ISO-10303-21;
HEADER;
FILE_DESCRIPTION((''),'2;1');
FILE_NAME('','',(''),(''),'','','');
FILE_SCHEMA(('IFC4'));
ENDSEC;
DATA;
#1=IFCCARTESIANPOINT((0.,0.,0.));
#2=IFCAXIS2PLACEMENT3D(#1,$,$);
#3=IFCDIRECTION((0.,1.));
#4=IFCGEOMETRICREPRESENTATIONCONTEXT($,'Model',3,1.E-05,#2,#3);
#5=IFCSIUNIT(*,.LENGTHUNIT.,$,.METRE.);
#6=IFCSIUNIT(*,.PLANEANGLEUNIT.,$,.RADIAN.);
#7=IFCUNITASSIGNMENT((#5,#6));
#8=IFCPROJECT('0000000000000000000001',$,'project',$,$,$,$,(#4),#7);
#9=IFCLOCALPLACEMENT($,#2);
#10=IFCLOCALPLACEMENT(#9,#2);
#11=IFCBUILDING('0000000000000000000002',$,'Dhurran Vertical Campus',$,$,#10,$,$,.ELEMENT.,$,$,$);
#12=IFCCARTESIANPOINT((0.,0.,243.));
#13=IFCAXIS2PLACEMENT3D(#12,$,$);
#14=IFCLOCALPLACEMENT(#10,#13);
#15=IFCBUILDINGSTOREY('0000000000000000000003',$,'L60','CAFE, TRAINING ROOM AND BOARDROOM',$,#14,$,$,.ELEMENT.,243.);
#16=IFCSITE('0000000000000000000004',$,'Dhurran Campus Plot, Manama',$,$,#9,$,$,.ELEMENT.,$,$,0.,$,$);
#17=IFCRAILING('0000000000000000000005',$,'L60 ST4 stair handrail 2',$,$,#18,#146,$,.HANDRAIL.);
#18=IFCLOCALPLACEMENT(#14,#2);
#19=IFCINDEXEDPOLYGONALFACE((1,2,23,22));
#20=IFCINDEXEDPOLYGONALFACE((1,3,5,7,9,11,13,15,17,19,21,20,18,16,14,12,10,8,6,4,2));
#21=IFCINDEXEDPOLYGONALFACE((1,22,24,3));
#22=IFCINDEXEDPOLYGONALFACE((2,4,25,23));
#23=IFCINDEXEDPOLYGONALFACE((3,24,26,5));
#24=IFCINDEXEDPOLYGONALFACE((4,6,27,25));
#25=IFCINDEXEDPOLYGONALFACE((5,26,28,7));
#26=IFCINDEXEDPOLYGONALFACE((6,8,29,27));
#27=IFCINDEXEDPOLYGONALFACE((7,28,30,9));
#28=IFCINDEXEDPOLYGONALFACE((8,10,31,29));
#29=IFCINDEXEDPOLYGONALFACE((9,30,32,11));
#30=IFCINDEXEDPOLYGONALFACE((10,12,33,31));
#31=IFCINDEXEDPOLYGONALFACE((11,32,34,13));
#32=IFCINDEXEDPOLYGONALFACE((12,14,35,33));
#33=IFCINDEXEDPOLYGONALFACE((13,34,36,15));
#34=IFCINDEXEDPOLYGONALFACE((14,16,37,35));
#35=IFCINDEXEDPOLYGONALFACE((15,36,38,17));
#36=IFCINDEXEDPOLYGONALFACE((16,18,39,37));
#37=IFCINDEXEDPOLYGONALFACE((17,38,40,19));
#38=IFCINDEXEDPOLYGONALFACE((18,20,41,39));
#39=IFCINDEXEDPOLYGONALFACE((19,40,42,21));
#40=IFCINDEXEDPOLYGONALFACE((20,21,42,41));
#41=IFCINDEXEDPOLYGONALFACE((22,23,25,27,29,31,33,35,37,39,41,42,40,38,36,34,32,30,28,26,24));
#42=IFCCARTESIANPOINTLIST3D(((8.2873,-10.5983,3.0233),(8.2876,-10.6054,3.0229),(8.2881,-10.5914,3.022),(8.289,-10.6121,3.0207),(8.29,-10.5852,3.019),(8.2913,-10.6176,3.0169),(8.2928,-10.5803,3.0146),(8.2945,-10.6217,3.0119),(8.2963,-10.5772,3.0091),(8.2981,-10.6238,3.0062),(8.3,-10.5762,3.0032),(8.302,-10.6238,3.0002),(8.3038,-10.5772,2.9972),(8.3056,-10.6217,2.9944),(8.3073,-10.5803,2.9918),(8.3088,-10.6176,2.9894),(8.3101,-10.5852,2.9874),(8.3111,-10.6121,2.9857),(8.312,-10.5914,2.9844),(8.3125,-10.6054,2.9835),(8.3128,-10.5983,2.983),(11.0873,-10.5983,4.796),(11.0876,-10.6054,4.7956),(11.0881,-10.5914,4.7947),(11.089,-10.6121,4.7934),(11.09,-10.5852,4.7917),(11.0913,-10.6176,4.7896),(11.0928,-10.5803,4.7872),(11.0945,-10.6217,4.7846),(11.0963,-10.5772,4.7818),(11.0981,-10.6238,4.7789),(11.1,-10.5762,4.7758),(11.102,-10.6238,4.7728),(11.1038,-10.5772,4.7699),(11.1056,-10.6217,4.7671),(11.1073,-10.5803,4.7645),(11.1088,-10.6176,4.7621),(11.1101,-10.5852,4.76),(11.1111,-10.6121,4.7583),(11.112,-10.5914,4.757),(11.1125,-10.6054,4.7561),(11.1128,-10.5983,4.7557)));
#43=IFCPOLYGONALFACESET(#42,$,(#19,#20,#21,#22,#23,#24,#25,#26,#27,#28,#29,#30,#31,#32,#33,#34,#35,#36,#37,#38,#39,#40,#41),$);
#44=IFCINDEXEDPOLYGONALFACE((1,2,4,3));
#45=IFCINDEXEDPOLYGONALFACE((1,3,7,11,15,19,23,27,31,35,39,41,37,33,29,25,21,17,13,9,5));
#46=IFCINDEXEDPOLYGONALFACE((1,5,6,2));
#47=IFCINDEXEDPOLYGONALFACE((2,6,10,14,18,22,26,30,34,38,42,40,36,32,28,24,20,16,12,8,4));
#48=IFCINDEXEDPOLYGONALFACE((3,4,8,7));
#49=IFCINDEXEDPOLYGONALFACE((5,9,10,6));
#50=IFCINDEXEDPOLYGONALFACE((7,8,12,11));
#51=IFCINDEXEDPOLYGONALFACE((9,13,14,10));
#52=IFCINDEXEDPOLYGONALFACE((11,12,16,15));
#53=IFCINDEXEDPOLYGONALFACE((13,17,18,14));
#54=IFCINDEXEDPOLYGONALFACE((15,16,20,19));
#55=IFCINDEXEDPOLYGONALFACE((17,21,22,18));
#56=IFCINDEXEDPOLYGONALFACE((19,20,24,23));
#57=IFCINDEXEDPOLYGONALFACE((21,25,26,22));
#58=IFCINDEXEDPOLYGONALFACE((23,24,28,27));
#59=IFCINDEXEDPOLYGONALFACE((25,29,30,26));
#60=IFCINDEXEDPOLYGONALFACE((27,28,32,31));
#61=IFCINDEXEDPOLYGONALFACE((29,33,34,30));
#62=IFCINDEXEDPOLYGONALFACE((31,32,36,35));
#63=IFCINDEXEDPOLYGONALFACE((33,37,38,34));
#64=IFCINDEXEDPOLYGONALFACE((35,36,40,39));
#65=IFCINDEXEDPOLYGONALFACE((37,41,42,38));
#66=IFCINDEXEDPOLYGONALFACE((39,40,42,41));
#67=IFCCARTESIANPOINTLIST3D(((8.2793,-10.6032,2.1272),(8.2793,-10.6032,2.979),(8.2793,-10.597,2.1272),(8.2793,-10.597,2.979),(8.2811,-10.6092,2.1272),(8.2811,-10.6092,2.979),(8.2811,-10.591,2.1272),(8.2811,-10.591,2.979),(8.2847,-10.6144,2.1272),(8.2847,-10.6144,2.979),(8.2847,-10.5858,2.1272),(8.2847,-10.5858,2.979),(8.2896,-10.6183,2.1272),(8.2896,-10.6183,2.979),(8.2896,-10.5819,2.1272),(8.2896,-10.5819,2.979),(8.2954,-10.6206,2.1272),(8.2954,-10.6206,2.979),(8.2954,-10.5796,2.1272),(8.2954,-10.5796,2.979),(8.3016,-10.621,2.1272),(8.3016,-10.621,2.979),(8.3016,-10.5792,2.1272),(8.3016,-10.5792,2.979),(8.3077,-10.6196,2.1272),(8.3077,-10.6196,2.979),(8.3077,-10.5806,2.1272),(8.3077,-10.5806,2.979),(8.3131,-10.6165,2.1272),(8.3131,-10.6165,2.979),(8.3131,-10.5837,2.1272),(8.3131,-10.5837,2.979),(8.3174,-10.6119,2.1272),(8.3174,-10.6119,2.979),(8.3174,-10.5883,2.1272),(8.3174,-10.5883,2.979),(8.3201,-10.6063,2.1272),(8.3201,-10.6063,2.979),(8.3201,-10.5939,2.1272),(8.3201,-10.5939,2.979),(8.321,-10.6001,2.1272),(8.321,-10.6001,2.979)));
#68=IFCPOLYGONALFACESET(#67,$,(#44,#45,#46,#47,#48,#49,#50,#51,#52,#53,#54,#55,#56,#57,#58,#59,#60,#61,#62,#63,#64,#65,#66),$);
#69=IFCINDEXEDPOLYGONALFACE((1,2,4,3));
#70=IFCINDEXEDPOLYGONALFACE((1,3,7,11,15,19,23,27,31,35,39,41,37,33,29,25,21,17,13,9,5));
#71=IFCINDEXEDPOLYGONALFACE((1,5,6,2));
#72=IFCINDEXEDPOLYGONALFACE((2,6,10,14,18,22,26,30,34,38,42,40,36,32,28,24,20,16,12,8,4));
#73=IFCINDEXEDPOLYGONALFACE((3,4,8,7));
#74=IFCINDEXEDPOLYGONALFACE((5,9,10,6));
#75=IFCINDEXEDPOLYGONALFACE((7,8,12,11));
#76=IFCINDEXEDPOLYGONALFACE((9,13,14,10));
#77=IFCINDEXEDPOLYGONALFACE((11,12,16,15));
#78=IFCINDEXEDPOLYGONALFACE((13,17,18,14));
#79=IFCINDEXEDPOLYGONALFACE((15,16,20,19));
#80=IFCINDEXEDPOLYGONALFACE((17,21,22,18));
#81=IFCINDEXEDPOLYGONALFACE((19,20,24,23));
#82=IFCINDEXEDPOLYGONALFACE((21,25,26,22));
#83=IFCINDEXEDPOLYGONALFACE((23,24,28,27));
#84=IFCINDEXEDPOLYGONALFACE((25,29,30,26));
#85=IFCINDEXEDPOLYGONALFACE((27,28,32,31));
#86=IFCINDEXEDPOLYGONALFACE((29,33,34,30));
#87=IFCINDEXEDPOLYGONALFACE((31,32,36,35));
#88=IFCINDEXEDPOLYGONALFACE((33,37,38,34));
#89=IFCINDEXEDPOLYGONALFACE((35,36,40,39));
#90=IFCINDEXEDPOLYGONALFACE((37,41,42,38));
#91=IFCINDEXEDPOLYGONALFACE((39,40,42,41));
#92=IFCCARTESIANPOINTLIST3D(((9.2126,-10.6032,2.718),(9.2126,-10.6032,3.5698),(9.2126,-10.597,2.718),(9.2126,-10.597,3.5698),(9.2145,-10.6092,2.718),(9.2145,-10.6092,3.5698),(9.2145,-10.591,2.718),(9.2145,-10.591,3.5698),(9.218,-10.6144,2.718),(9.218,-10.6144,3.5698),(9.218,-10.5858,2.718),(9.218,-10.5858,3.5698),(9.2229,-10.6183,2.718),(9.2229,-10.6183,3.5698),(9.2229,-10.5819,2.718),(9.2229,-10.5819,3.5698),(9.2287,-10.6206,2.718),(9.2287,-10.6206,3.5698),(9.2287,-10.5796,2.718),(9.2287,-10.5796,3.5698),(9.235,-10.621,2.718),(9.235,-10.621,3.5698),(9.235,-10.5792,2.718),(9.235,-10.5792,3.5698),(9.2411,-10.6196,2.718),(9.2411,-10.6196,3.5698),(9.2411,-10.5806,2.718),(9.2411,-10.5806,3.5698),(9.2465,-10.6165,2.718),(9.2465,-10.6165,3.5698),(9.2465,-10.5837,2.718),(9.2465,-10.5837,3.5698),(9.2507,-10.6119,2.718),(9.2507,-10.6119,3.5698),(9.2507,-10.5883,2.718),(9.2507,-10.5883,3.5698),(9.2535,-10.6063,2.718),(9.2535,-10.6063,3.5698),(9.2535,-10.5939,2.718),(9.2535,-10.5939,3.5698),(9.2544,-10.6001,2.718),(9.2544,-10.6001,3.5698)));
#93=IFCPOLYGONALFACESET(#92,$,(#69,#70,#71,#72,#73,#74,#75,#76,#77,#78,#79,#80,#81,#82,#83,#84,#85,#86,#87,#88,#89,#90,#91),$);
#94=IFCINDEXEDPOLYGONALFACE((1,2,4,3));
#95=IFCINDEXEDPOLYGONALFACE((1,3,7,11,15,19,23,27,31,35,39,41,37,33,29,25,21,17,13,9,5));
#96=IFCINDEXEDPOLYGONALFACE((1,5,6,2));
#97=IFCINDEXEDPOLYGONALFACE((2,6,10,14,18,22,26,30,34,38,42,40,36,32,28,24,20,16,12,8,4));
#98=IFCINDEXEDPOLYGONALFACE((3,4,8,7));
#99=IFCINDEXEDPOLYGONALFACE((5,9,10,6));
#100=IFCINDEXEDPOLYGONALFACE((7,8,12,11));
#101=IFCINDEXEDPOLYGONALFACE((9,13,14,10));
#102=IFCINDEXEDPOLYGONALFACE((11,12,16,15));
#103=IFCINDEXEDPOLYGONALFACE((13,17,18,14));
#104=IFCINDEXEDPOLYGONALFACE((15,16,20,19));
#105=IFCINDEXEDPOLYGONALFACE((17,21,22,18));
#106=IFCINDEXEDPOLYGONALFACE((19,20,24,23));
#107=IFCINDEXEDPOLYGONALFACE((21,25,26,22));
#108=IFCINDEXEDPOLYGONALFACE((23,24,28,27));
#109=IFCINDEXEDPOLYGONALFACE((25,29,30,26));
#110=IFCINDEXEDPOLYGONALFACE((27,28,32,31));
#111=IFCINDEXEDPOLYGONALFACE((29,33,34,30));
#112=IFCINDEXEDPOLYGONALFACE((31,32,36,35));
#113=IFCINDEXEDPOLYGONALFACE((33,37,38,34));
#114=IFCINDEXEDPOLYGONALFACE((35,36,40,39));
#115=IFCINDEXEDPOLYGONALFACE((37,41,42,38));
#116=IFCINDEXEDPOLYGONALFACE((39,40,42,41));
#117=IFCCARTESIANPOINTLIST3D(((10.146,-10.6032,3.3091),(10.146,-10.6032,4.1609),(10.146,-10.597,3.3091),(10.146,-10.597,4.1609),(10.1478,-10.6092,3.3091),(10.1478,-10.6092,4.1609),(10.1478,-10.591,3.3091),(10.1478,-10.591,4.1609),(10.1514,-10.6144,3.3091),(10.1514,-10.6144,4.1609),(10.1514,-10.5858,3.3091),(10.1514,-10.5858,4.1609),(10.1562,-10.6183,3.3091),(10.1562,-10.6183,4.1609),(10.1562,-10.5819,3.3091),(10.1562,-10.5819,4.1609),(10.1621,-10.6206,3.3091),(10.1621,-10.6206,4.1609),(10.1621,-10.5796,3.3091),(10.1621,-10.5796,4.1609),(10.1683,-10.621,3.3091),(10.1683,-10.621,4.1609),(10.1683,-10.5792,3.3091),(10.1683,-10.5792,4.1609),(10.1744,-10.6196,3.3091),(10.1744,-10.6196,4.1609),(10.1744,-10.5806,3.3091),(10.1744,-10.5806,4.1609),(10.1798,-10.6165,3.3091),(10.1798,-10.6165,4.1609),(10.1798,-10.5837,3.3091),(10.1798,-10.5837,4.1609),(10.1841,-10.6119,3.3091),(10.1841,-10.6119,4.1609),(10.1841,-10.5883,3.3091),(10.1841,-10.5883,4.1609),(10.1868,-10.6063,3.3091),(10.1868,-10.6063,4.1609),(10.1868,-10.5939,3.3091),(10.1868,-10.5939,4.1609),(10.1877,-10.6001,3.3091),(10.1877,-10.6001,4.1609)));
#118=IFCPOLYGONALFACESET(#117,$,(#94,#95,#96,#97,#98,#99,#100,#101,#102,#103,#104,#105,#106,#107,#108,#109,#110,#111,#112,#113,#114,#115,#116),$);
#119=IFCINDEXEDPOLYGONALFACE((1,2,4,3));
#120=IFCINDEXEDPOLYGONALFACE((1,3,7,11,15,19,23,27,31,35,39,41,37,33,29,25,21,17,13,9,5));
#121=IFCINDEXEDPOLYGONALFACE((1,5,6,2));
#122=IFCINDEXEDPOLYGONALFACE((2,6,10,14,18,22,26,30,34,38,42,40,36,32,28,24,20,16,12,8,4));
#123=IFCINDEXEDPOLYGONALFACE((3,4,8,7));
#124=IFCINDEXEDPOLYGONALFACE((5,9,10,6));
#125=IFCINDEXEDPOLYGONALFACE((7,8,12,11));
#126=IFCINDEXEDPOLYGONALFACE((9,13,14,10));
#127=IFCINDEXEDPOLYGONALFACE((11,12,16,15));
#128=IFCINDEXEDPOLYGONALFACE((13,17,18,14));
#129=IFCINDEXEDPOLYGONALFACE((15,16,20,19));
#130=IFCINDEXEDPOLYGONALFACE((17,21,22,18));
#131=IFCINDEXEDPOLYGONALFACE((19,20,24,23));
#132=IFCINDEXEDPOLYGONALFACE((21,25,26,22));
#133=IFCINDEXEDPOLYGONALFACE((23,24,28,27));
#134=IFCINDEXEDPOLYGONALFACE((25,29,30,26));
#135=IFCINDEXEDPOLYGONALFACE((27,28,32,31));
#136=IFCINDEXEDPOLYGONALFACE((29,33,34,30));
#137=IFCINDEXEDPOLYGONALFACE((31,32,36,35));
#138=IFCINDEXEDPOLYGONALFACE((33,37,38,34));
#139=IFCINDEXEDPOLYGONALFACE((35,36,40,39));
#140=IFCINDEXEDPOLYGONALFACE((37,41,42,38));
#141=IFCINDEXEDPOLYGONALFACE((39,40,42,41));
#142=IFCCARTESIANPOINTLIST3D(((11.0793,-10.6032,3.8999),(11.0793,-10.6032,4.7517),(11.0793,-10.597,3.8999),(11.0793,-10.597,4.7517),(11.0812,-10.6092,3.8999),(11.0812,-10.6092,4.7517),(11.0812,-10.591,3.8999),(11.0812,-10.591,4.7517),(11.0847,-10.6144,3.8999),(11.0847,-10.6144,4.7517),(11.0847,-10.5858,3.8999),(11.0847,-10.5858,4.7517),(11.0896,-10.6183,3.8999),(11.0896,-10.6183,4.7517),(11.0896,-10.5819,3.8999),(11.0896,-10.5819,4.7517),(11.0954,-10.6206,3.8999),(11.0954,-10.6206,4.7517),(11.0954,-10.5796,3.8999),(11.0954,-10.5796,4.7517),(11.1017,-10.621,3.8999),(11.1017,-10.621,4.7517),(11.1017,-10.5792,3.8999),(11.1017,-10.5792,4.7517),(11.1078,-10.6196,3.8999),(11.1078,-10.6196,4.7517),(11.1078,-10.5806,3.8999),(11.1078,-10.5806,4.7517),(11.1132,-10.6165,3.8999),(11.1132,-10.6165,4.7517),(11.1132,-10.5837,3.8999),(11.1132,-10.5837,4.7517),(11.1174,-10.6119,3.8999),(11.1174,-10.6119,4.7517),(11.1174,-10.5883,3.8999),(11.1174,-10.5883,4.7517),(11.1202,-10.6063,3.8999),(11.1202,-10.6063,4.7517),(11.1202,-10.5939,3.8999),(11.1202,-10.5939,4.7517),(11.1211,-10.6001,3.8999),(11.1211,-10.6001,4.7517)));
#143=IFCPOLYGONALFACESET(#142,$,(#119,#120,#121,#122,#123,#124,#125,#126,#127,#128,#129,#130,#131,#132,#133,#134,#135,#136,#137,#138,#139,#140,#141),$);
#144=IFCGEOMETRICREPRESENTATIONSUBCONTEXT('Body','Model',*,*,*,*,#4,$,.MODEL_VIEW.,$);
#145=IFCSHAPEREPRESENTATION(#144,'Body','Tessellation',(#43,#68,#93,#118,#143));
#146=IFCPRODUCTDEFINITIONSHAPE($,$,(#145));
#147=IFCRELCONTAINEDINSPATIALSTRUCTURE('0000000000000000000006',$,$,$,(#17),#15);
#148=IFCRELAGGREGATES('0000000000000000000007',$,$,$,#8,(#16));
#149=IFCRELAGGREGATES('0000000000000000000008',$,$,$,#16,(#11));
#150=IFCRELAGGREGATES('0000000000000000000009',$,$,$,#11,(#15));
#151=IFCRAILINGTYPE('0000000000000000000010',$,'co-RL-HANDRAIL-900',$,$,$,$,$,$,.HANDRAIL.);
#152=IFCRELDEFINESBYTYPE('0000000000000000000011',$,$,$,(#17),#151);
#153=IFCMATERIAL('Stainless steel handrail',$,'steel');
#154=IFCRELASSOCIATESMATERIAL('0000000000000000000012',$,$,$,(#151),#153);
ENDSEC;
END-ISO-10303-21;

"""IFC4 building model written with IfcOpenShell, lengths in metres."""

from ifc_helpers import new_model, si_unit, direction, frame, origin, origin_2d, place, context, subcontext, project, spatial, circle, extrude, material, type_object, element, save


model = new_model("IFC4")

# Units and contexts
model_context = context("Model", 3, precision=1e-05, world=origin(), true_north=direction((0.0, 1.0)))
body_context = subcontext(model_context, "Body", "Model", "MODEL_VIEW")
ifc_project = project(units=[si_unit("LENGTHUNIT", "METRE"), si_unit("PLANEANGLEUNIT", "RADIAN")], contexts=[model_context])

# Site, building, storey
site_placement = place(None, origin())
site = spatial("IfcSite", under=ifc_project, at=site_placement, Name="Dhurran Campus Plot, Manama", CompositionType="ELEMENT", RefElevation=0.0)
building_placement = place(site_placement, origin())
building = spatial("IfcBuilding", under=site, at=building_placement, Name="Dhurran Vertical Campus", CompositionType="ELEMENT")
storey_placement = place(building_placement, frame((0.0, 0.0, 243.0)))
storey = spatial("IfcBuildingStorey", under=building, at=storey_placement, Name="L60", Description="CAFE, TRAINING ROOM AND BOARDROOM", CompositionType="ELEMENT", Elevation=243.0)

# Railing
ifc_material_1 = material(Name="Stainless steel handrail", Category="steel")
railing_type_1 = type_object("IfcRailingType", Name="co-RL-HANDRAIL-900", PredefinedType="HANDRAIL", material=ifc_material_1)
railing_1_placement = place(storey_placement, frame((8.3, -10.6001, 2.1272)))
element("IfcRailing", 1, at=railing_1_placement, inside=storey, type_object=railing_type_1, Name="L60 ST4 stair handrail 2", PredefinedType="HANDRAIL", context=body_context, shape_type="SweptSolid", body=[
    extrude(circle(Radius=0.0239, at=origin_2d()), frame((0.0, 0.0, 0.876), z_axis=(0.844909, 0.0, 0.53491), x_axis=(0.0, 1.0, 0.0)), (0.0, 0.0, 1.0), 3.314),
    extrude(circle(Radius=0.021, at=origin_2d()), origin(), (0.0, 0.0, 1.0), 0.8518),
    extrude(circle(Radius=0.021, at=origin_2d()), frame((0.9333, 0.0, 0.5908)), (0.0, 0.0, 1.0), 0.8518),
    extrude(circle(Radius=0.021, at=origin_2d()), frame((1.8667, 0.0, 1.1819)), (0.0, 0.0, 1.0), 0.8518),
    extrude(circle(Radius=0.021, at=origin_2d()), frame((2.8, 0.0, 1.7727)), (0.0, 0.0, 1.0), 0.8518),
])

save(model, "model.ifc")
